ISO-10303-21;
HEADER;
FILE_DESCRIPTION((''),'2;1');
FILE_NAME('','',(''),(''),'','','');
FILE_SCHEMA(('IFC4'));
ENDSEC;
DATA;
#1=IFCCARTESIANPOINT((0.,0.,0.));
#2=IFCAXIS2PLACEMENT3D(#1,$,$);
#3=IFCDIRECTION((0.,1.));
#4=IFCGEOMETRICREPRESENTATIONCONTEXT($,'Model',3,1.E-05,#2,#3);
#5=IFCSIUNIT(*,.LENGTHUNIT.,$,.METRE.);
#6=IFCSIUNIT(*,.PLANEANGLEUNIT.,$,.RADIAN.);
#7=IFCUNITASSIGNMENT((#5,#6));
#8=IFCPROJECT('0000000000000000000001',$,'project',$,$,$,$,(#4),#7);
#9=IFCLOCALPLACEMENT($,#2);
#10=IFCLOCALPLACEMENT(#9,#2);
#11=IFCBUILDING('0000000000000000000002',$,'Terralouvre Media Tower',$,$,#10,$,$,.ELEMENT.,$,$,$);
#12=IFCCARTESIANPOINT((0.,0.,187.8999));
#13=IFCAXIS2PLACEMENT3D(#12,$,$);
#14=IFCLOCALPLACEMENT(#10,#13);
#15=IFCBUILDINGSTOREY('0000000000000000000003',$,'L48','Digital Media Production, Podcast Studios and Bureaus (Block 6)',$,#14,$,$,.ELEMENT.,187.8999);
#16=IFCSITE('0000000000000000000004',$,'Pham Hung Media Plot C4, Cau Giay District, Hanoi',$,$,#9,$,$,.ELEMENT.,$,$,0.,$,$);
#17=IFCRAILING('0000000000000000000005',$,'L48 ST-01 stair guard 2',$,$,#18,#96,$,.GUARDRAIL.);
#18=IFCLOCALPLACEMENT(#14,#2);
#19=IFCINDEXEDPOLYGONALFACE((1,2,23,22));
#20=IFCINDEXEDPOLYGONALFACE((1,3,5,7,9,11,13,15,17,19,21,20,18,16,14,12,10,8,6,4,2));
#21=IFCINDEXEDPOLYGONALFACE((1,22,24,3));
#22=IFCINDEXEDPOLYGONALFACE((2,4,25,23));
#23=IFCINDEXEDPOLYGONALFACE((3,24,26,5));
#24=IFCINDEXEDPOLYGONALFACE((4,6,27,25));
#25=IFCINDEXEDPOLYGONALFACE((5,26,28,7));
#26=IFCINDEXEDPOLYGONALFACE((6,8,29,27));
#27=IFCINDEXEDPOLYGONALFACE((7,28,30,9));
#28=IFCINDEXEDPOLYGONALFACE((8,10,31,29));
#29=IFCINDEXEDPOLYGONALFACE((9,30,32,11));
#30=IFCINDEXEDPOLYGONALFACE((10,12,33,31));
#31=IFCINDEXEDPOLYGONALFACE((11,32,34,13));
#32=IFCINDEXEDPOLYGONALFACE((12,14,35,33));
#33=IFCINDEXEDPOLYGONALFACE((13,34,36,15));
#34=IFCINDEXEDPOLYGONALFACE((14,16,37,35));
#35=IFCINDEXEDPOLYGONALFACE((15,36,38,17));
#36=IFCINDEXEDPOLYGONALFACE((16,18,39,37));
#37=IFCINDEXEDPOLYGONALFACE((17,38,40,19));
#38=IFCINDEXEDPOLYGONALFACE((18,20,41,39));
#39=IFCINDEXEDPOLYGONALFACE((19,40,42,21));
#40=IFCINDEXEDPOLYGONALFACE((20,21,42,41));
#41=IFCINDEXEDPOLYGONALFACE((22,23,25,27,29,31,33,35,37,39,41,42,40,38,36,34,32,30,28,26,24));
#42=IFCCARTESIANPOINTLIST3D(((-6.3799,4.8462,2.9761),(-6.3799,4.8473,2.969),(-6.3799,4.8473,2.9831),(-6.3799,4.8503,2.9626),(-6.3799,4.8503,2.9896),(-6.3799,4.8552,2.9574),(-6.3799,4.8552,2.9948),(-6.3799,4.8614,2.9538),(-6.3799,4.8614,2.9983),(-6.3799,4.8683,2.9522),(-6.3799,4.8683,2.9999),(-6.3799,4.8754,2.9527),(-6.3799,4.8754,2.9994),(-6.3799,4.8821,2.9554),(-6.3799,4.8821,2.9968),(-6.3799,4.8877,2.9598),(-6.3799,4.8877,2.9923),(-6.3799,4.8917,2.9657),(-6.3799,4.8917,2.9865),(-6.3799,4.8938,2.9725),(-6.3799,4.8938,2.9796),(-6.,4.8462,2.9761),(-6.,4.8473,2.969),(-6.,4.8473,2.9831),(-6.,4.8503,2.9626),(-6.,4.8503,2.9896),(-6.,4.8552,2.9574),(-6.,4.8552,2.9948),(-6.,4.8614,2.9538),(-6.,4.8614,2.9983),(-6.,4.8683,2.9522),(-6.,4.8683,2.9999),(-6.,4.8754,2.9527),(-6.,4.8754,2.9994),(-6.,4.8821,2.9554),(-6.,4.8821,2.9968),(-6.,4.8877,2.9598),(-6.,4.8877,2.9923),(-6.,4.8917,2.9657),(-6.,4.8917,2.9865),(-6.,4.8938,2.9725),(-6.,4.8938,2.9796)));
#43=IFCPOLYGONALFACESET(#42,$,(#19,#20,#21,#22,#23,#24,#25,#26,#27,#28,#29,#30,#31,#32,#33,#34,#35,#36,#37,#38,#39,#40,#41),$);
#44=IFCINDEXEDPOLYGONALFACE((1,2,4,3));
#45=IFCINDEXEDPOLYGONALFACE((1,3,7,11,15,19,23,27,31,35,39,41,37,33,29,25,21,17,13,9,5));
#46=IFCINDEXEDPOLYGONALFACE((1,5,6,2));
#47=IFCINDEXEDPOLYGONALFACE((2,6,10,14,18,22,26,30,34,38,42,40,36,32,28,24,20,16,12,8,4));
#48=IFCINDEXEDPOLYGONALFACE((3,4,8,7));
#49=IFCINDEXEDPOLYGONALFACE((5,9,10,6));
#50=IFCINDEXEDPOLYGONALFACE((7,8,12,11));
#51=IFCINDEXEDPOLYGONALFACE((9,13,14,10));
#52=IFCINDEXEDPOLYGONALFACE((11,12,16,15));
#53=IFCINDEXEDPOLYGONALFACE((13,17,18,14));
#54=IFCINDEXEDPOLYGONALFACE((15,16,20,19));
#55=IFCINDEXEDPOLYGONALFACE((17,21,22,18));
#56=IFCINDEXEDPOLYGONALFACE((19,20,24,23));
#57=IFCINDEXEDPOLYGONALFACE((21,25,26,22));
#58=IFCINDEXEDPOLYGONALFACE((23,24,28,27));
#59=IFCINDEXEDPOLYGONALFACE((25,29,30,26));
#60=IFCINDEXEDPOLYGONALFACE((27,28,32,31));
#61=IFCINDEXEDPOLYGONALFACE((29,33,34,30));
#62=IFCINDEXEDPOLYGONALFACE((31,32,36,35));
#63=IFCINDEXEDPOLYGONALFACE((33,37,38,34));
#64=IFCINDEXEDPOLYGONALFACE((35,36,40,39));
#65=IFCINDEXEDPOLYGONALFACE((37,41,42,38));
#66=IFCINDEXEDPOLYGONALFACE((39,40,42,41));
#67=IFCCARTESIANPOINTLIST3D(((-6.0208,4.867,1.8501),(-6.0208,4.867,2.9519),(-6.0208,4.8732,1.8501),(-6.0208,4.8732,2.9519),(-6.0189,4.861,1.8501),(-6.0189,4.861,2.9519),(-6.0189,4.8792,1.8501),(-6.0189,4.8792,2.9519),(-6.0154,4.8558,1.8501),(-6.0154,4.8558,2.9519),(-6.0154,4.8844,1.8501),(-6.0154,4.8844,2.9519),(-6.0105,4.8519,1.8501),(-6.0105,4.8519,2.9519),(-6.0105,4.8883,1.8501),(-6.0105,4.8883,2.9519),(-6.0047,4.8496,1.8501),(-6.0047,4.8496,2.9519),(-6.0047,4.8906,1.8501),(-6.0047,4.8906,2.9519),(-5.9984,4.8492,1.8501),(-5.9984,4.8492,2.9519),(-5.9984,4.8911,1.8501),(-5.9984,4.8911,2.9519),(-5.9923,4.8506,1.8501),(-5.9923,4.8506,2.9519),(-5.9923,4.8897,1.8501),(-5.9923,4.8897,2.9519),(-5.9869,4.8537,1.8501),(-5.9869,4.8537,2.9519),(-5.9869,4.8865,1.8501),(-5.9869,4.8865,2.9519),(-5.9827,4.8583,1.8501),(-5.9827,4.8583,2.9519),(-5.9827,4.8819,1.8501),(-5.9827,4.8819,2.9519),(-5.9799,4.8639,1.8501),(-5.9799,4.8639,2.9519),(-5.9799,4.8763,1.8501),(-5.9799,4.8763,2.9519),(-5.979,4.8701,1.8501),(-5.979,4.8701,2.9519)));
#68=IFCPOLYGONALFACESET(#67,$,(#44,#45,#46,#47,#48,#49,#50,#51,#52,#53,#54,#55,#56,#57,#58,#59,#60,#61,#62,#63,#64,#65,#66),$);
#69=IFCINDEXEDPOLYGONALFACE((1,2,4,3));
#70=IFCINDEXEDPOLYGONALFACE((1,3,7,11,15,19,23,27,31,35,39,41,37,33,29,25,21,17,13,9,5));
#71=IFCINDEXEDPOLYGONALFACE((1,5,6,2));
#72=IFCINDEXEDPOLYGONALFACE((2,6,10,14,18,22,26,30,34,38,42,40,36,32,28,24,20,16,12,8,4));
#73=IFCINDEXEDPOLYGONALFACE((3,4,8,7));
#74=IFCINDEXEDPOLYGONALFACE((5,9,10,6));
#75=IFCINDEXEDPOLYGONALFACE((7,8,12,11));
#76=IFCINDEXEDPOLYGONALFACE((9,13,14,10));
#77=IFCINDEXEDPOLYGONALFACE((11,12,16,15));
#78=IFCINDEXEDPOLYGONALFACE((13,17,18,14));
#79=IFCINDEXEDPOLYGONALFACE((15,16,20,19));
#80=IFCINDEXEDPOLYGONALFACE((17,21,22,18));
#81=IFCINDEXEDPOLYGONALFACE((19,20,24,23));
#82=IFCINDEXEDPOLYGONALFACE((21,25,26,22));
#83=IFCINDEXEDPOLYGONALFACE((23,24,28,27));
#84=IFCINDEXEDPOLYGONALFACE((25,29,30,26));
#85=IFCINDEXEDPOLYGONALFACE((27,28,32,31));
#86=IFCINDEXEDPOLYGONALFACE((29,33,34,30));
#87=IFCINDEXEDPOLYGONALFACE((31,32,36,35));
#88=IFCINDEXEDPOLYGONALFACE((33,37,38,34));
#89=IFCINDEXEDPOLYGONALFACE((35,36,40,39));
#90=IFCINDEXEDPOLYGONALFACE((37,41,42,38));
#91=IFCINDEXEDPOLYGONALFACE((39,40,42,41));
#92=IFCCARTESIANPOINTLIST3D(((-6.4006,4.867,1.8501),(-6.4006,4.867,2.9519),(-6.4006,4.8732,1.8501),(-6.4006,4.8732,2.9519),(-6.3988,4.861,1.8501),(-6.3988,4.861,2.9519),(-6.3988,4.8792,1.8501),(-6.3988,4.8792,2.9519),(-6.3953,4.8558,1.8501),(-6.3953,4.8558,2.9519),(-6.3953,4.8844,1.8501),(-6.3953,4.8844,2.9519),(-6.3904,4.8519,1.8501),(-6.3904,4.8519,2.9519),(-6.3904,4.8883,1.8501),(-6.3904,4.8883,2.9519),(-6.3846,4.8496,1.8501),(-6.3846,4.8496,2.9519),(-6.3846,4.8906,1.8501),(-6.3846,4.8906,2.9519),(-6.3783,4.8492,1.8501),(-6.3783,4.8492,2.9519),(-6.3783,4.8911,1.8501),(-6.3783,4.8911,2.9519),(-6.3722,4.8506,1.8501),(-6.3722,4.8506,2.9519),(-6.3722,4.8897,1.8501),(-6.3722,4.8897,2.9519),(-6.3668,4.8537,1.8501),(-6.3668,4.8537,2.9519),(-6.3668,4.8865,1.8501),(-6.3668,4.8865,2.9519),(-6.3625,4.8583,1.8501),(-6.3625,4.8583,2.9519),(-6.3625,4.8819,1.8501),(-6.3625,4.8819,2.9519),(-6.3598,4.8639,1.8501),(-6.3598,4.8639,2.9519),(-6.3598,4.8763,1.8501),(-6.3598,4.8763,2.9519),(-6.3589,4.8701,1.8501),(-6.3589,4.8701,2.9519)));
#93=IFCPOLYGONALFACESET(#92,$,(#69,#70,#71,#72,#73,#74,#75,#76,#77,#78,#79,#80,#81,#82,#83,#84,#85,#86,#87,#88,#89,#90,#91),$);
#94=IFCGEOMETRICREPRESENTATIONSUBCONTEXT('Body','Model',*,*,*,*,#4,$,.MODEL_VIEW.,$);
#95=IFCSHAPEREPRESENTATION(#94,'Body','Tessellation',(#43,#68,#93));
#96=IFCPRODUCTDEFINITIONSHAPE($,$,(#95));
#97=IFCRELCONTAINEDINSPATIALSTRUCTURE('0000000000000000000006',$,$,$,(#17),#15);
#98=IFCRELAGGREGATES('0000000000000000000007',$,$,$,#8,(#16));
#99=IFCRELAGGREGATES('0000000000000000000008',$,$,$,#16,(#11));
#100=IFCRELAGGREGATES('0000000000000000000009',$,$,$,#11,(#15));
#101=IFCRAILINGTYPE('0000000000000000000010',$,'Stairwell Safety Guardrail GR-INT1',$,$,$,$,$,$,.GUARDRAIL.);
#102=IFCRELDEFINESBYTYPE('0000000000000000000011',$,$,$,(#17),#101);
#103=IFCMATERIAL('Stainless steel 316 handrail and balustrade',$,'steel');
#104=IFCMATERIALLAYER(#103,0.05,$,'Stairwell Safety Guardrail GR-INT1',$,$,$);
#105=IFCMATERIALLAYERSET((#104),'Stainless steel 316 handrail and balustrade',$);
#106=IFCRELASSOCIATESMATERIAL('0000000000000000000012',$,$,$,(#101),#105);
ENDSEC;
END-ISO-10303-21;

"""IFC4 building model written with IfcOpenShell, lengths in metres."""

from ifc_helpers import new_model, si_unit, direction, frame, origin, origin_2d, place, context, subcontext, project, spatial, circle, extrude, material, layer, layer_set, type_object, element, save


model = new_model("IFC4")

# Units and contexts
model_context = context("Model", 3, precision=1e-05, world=origin(), true_north=direction((0.0, 1.0)))
body_context = subcontext(model_context, "Body", "Model", "MODEL_VIEW")
ifc_project = project(units=[si_unit("LENGTHUNIT", "METRE"), si_unit("PLANEANGLEUNIT", "RADIAN")], contexts=[model_context])

# Site, building, storey
site_placement = place(None, origin())
site = spatial("IfcSite", under=ifc_project, at=site_placement, Name="Pham Hung Media Plot C4, Cau Giay District, Hanoi", CompositionType="ELEMENT", RefElevation=0.0)
building_placement = place(site_placement, origin())
building = spatial("IfcBuilding", under=site, at=building_placement, Name="Terralouvre Media Tower", CompositionType="ELEMENT")
storey_placement = place(building_placement, frame((0.0, 0.0, 187.8999)))
storey = spatial("IfcBuildingStorey", under=building, at=storey_placement, Name="L48", Description="Digital Media Production, Podcast Studios and Bureaus (Block 6)", CompositionType="ELEMENT", Elevation=187.8999)

# Railing
ifc_material_1 = material(Name="Stainless steel 316 handrail and balustrade", Category="steel")
ifc_layer_1 = layer(ifc_material_1, 0.05, Name="Stairwell Safety Guardrail GR-INT1")
ifc_layer_set_1 = layer_set([ifc_layer_1], Name="Stainless steel 316 handrail and balustrade")
railing_type_1 = type_object("IfcRailingType", Name="Stairwell Safety Guardrail GR-INT1", PredefinedType="GUARDRAIL", material=ifc_layer_set_1)
railing_1_placement = place(storey_placement, frame((-6.0, 4.8701, 1.8501)))
element("IfcRailing", 1, at=railing_1_placement, inside=storey, type_object=railing_type_1, Name="L48 ST-01 stair guard 2", PredefinedType="GUARDRAIL", context=body_context, shape_type="SweptSolid", body=[
    extrude(circle(Radius=0.0239, at=origin_2d()), frame((0.0, 0.0, 1.126), z_axis=(-1.0, 0.0, 0.0), x_axis=(0.0, -1.0, 0.0)), (0.0, 0.0, 1.0), 0.3799),
    extrude(circle(Radius=0.021, at=origin_2d()), origin(), (0.0, 0.0, 1.0), 1.1018),
    extrude(circle(Radius=0.021, at=origin_2d()), frame((-0.3799, 0.0, 0.0)), (0.0, 0.0, 1.0), 1.1018),
])

save(model, "model.ifc")
